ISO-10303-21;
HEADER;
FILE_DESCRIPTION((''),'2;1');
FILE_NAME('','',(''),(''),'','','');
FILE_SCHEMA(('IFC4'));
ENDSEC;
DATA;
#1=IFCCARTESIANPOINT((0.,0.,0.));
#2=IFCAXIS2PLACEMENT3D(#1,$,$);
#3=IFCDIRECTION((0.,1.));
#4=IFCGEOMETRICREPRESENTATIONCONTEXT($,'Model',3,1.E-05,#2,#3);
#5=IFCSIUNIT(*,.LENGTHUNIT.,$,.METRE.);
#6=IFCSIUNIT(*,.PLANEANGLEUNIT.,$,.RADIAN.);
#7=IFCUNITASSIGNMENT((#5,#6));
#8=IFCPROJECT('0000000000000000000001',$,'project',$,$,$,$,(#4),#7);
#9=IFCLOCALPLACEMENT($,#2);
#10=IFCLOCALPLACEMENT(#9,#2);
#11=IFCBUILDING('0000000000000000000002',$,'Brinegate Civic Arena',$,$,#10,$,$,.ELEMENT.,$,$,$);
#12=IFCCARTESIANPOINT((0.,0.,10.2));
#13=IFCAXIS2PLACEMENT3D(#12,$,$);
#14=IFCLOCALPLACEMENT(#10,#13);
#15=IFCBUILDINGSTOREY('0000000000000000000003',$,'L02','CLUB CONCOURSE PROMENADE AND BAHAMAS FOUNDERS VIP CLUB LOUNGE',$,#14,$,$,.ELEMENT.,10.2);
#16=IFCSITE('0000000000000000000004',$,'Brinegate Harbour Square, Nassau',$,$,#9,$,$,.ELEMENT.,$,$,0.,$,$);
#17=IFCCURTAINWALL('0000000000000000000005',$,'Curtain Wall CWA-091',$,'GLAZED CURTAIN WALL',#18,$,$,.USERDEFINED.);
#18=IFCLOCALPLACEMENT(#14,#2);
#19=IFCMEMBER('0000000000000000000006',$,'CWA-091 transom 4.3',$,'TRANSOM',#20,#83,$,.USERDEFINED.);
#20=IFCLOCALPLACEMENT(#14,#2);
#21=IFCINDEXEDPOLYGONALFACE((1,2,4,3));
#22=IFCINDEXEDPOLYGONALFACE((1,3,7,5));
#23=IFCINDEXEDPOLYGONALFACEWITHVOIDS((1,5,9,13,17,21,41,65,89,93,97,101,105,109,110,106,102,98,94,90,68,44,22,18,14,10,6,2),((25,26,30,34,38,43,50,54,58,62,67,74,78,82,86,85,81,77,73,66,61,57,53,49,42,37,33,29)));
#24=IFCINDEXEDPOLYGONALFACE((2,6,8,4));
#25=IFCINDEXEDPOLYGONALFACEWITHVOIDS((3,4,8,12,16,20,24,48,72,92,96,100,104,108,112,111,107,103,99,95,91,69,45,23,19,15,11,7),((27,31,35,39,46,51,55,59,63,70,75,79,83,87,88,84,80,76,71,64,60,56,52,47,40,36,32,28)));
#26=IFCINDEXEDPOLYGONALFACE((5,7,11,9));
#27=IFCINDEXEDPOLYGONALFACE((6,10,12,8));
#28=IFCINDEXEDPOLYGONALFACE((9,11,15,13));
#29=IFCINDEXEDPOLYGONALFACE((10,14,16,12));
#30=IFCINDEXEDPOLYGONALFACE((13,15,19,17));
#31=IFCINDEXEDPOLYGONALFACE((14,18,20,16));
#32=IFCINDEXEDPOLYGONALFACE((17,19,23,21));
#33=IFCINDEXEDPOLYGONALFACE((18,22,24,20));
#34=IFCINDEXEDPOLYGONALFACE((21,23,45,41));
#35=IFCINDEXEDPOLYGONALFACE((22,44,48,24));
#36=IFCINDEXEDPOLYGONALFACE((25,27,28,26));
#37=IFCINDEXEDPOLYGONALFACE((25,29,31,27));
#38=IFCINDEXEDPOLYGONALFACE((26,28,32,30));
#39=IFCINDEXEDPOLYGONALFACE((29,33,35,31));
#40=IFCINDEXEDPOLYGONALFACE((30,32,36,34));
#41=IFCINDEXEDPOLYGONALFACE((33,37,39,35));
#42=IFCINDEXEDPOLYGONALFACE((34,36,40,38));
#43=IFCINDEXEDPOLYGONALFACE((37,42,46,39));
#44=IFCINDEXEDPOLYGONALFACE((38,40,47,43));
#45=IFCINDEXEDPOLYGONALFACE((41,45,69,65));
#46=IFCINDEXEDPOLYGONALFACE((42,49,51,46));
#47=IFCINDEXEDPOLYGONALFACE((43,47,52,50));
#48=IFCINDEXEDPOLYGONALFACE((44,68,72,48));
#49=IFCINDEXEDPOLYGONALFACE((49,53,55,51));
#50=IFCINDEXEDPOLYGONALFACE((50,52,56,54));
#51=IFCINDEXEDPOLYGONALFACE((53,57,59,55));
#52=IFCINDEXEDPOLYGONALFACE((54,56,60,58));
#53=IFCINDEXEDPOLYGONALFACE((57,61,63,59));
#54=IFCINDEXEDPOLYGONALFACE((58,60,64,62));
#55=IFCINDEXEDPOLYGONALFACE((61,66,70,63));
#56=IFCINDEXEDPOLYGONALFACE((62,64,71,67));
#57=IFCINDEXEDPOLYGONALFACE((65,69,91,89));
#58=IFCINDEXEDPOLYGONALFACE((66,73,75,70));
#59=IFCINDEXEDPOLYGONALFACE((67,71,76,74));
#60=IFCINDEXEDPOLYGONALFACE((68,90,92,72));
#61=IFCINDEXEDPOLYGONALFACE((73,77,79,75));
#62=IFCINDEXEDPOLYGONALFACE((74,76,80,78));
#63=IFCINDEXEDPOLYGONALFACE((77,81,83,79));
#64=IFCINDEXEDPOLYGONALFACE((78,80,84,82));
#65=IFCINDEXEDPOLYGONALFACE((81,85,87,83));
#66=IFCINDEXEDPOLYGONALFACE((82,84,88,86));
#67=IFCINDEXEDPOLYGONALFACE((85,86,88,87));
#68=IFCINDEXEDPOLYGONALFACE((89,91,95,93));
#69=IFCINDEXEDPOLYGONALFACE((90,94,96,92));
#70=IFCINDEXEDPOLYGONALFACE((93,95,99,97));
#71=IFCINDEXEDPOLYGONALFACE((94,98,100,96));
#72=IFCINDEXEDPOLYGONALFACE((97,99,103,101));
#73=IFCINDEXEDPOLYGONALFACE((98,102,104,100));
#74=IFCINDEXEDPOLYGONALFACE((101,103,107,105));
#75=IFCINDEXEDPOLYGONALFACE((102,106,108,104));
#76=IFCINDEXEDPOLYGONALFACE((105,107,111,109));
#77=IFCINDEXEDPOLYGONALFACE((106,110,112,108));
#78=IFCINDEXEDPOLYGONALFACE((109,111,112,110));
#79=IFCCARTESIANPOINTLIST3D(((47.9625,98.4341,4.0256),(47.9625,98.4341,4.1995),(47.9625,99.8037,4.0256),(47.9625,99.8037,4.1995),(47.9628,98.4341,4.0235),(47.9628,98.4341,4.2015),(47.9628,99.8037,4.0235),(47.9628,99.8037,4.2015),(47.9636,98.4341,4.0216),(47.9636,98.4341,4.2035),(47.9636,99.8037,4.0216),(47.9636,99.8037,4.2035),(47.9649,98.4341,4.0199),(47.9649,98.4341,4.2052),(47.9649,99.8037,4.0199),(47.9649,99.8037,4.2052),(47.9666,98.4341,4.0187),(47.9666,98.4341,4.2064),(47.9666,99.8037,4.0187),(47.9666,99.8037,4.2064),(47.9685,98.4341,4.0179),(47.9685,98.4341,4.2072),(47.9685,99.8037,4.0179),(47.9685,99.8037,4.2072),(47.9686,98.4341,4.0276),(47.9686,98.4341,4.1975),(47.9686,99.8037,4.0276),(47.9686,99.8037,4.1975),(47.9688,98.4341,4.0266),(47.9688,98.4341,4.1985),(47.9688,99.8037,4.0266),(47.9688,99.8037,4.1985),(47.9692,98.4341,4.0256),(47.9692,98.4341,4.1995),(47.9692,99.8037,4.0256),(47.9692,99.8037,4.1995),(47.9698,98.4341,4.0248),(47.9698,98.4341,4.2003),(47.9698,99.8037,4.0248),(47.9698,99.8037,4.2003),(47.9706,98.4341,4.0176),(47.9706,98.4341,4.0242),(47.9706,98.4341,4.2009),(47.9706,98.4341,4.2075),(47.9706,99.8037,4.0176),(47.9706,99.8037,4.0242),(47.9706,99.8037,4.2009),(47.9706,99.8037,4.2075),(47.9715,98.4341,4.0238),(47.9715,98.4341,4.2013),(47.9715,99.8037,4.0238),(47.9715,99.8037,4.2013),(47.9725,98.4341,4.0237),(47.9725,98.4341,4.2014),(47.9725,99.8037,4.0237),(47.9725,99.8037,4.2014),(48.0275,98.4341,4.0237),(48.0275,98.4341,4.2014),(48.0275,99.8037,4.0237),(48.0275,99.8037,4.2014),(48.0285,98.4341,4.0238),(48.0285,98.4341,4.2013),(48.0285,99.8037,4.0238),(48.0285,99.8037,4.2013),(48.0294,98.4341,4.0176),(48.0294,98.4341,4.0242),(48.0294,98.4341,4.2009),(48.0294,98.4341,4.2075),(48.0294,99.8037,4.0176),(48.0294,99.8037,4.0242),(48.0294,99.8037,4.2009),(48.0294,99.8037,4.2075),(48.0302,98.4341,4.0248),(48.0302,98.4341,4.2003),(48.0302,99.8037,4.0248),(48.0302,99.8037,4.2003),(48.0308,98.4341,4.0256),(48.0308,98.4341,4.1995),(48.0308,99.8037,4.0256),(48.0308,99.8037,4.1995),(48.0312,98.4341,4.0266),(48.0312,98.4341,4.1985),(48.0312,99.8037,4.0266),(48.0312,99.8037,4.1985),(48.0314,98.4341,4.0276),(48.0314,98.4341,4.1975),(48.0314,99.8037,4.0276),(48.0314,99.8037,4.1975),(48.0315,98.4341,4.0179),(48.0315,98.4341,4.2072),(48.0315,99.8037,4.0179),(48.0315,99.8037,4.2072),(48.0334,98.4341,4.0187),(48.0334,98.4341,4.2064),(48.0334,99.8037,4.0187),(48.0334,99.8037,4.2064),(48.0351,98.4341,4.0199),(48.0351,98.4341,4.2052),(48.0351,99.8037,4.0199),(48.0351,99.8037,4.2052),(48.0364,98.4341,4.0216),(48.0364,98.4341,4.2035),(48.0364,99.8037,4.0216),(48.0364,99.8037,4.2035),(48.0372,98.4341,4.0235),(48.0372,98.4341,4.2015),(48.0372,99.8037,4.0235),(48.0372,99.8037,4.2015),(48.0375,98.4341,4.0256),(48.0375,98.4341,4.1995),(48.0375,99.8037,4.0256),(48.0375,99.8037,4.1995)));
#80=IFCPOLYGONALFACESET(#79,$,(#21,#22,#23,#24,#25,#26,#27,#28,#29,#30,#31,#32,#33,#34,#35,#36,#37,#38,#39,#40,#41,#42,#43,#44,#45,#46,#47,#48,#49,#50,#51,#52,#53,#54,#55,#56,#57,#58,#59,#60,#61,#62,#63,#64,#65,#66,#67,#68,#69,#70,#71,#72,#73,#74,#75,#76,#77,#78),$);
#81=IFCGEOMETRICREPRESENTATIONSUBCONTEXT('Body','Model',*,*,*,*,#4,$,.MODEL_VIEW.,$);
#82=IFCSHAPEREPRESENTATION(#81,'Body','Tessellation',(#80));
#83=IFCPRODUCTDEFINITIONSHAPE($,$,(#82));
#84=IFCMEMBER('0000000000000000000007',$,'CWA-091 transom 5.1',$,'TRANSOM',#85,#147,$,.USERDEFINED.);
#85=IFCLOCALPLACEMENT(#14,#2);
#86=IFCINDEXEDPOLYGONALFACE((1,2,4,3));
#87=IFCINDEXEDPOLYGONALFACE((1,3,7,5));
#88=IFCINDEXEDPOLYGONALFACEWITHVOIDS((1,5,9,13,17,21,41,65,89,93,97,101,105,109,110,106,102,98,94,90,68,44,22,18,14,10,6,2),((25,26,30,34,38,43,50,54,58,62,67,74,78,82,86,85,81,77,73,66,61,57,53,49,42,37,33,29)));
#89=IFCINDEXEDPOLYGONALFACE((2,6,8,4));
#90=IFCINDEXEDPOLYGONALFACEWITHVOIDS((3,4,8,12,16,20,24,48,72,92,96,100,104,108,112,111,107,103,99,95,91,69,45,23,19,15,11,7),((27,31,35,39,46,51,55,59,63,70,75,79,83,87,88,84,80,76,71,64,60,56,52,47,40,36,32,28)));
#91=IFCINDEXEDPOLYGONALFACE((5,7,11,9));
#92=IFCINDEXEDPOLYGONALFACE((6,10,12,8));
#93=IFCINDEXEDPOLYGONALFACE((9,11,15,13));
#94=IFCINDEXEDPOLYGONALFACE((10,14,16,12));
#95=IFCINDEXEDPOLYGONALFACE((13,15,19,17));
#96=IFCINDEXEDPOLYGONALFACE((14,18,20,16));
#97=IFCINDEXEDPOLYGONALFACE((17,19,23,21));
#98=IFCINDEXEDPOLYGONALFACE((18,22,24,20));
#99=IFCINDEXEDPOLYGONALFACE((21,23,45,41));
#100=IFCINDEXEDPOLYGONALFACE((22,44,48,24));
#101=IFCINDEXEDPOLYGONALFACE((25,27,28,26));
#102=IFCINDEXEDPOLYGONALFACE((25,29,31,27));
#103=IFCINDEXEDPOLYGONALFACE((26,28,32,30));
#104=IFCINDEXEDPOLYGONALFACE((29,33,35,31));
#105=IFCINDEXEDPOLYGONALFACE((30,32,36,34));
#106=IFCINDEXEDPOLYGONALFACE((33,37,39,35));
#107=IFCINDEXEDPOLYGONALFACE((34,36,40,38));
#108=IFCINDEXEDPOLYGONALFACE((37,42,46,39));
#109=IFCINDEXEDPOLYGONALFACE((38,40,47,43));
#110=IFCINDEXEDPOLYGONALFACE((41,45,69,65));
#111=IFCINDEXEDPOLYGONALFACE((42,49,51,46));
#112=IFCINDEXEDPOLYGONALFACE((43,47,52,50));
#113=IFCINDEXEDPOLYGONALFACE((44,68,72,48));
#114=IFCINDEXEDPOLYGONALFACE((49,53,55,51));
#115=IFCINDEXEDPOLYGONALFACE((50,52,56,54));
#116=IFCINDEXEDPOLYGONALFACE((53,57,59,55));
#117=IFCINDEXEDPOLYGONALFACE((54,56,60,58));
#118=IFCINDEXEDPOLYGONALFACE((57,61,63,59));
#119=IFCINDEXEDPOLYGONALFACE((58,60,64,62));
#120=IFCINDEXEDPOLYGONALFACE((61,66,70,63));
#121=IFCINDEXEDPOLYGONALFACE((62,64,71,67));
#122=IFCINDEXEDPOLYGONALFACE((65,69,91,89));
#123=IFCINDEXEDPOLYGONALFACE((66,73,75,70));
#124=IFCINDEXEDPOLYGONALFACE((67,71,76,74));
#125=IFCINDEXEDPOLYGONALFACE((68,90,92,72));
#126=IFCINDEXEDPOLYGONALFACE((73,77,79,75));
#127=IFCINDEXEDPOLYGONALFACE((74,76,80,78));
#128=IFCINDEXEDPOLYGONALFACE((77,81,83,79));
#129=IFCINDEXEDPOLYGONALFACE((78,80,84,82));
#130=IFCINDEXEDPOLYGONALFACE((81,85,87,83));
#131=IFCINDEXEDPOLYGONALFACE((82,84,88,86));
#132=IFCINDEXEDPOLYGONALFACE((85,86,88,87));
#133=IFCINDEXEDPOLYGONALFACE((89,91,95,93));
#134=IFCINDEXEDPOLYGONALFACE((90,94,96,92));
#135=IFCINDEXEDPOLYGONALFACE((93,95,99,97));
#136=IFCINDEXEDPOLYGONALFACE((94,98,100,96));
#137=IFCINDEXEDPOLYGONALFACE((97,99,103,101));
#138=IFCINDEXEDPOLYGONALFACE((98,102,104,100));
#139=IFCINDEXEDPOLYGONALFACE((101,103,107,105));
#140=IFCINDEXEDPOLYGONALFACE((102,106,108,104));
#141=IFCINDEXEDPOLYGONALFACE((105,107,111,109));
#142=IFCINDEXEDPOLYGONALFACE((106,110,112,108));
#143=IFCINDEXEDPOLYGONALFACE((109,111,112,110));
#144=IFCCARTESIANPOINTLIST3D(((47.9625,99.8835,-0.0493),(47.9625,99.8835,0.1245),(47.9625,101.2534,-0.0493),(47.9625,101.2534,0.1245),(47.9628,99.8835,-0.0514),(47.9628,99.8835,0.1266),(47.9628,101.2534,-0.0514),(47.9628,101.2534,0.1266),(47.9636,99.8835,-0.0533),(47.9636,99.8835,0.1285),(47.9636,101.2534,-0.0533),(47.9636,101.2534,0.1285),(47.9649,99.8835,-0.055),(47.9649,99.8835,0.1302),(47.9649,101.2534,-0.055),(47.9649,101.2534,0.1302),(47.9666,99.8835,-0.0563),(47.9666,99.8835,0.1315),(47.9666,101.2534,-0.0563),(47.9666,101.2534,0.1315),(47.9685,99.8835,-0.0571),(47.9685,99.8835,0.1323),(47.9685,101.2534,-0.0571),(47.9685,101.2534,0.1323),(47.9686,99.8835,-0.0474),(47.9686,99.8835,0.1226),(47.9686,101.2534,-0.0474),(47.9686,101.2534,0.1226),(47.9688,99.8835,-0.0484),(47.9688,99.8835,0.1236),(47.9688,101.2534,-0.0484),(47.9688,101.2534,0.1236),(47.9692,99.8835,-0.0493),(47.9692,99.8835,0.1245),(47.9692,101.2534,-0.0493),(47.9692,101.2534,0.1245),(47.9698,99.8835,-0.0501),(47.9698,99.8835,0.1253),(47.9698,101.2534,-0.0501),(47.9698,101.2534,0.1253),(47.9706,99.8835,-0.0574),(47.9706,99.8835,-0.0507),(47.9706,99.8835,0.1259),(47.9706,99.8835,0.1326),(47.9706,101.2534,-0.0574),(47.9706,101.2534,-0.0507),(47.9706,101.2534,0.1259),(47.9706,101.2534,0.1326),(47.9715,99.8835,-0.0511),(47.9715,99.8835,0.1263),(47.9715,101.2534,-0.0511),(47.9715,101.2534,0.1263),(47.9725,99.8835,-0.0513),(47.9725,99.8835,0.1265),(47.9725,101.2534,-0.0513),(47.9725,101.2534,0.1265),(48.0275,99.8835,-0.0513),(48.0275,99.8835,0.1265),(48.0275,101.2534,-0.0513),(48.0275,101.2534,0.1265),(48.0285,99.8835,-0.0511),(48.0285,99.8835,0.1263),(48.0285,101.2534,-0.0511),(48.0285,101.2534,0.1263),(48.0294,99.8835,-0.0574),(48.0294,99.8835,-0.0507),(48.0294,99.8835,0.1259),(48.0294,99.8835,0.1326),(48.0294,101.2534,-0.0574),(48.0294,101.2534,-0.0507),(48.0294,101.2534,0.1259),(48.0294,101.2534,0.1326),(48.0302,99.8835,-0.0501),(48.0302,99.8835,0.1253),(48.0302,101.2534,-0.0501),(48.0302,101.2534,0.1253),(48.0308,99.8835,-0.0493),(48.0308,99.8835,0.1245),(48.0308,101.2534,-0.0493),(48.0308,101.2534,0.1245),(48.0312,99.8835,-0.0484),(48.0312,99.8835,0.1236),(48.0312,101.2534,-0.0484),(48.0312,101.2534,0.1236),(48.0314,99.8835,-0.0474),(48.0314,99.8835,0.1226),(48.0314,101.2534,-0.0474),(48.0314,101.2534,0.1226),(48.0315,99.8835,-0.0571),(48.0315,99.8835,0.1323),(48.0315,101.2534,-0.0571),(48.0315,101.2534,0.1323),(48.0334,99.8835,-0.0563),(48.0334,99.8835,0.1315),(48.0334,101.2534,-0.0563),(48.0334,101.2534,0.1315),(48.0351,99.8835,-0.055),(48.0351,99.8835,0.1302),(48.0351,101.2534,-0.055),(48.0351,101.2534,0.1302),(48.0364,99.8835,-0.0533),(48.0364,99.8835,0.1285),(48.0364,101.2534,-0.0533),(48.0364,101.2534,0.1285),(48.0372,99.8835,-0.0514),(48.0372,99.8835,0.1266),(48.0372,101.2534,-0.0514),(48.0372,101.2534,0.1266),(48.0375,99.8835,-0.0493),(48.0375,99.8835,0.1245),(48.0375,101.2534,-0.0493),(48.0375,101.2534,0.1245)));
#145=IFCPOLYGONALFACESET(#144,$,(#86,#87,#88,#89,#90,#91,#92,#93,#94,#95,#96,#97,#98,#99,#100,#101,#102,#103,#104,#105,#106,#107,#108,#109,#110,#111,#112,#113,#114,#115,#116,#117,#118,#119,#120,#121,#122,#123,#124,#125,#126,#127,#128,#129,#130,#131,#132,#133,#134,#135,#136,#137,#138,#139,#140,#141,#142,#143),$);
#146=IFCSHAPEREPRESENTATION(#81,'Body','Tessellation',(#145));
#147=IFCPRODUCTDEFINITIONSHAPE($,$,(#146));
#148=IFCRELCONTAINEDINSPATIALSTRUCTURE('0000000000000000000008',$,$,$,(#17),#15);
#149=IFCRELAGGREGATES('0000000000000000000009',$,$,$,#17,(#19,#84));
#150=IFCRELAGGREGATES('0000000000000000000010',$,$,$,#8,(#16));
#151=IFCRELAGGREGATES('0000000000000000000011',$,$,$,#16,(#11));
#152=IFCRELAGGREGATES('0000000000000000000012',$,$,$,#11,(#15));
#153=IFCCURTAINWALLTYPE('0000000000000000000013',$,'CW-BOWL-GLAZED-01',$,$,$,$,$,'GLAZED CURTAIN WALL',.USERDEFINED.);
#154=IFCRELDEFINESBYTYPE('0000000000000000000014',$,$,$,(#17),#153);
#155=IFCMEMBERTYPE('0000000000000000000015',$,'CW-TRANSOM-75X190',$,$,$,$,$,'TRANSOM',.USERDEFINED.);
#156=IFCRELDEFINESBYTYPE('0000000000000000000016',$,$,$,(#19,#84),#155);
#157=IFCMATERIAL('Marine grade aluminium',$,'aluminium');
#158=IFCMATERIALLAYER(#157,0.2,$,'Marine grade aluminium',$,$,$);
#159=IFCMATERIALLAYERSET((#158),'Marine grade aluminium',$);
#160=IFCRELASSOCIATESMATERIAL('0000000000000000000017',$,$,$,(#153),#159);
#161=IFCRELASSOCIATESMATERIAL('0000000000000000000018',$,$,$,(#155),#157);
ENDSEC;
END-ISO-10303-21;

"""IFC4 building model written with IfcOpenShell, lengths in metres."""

from ifc_helpers import new_model, si_unit, direction, frame, origin, origin_2d, place, context, subcontext, project, spatial, hollow_rectangle, extrude, material, layer, layer_set, material_profile, profile_set, type_object, element, aggregate, save


model = new_model("IFC4")

# Units and contexts
model_context = context("Model", 3, precision=1e-05, world=origin(), true_north=direction((0.0, 1.0)))
body_context = subcontext(model_context, "Body", "Model", "MODEL_VIEW")
ifc_project = project(units=[si_unit("LENGTHUNIT", "METRE"), si_unit("PLANEANGLEUNIT", "RADIAN")], contexts=[model_context])

# Site, building, storey
site_placement = place(None, origin())
site = spatial("IfcSite", under=ifc_project, at=site_placement, Name="Brinegate Harbour Square, Nassau", CompositionType="ELEMENT", RefElevation=0.0)
building_placement = place(site_placement, origin())
building = spatial("IfcBuilding", under=site, at=building_placement, Name="Brinegate Civic Arena", CompositionType="ELEMENT")
storey_placement = place(building_placement, frame((0.0, 0.0, 10.2)))
storey = spatial("IfcBuildingStorey", under=building, at=storey_placement, Name="L02", Description="CLUB CONCOURSE PROMENADE AND BAHAMAS FOUNDERS VIP CLUB LOUNGE", CompositionType="ELEMENT", Elevation=10.2)

# Shared definitions
ifc_material_1 = material(Name="Marine grade aluminium", Category="aluminium")
ifc_layer_1 = layer(ifc_material_1, 0.2, Name="Marine grade aluminium")
ifc_layer_set_1 = layer_set([ifc_layer_1], Name="Marine grade aluminium")
curtain_wall_type = type_object("IfcCurtainWallType", Name="CW-BOWL-GLAZED-01", ElementType="GLAZED CURTAIN WALL", PredefinedType="USERDEFINED", material=ifc_layer_set_1)

# Curtain wall, members
curtain_wall_1_placement = place(storey_placement, origin())
curtain_wall_1 = element("IfcCurtainWall", 1, at=curtain_wall_1_placement, inside=storey, type_object=curtain_wall_type, Name="Curtain Wall CWA-091", ObjectType="GLAZED CURTAIN WALL", PredefinedType="USERDEFINED")
ifc_material_profile_1 = material_profile(ifc_material_1, hollow_rectangle(XDim=0.075, YDim=0.1899, WallThickness=0.0061, InnerFilletRadius=0.0039, OuterFilletRadius=0.0081, at=origin_2d()), Name="TRN75X190")
ifc_profile_set_1 = profile_set([ifc_material_profile_1], Name="Marine grade aluminium")
member_type_1 = type_object("IfcMemberType", Name="CW-TRANSOM-75X190", ElementType="TRANSOM", PredefinedType="USERDEFINED", material=ifc_profile_set_1)
member_1_placement = place(storey_placement, frame((48.0, 98.4341, 4.1125), z_axis=(0.0, 1.0, 0.0), x_axis=(-1.0, 0.0, 0.0)))
member_1 = element("IfcMember", 2, at=member_1_placement, type_object=member_type_1, Name="CWA-091 transom 4.3", ObjectType="TRANSOM", PredefinedType="USERDEFINED", context=body_context, shape_type="SweptSolid", body=[
    extrude(hollow_rectangle(XDim=0.075, YDim=0.1899, WallThickness=0.0061, InnerFilletRadius=0.0039, OuterFilletRadius=0.0081, at=origin_2d()), origin(), (0.0, 0.0, 1.0), 1.3696),
])
member_2_placement = place(storey_placement, frame((48.0, 99.8835, 0.0376), z_axis=(0.0, 1.0, 0.0), x_axis=(-1.0, 0.0, 0.0)))
member_2 = element("IfcMember", 3, at=member_2_placement, type_object=member_type_1, Name="CWA-091 transom 5.1", ObjectType="TRANSOM", PredefinedType="USERDEFINED", context=body_context, shape_type="SweptSolid", body=[
    extrude(hollow_rectangle(XDim=0.075, YDim=0.1899, WallThickness=0.0061, InnerFilletRadius=0.0039, OuterFilletRadius=0.0081, at=origin_2d()), origin(), (0.0, 0.0, 1.0), 1.3699),
])

aggregate(curtain_wall_1, [member_1, member_2])

save(model, "model.ifc")
